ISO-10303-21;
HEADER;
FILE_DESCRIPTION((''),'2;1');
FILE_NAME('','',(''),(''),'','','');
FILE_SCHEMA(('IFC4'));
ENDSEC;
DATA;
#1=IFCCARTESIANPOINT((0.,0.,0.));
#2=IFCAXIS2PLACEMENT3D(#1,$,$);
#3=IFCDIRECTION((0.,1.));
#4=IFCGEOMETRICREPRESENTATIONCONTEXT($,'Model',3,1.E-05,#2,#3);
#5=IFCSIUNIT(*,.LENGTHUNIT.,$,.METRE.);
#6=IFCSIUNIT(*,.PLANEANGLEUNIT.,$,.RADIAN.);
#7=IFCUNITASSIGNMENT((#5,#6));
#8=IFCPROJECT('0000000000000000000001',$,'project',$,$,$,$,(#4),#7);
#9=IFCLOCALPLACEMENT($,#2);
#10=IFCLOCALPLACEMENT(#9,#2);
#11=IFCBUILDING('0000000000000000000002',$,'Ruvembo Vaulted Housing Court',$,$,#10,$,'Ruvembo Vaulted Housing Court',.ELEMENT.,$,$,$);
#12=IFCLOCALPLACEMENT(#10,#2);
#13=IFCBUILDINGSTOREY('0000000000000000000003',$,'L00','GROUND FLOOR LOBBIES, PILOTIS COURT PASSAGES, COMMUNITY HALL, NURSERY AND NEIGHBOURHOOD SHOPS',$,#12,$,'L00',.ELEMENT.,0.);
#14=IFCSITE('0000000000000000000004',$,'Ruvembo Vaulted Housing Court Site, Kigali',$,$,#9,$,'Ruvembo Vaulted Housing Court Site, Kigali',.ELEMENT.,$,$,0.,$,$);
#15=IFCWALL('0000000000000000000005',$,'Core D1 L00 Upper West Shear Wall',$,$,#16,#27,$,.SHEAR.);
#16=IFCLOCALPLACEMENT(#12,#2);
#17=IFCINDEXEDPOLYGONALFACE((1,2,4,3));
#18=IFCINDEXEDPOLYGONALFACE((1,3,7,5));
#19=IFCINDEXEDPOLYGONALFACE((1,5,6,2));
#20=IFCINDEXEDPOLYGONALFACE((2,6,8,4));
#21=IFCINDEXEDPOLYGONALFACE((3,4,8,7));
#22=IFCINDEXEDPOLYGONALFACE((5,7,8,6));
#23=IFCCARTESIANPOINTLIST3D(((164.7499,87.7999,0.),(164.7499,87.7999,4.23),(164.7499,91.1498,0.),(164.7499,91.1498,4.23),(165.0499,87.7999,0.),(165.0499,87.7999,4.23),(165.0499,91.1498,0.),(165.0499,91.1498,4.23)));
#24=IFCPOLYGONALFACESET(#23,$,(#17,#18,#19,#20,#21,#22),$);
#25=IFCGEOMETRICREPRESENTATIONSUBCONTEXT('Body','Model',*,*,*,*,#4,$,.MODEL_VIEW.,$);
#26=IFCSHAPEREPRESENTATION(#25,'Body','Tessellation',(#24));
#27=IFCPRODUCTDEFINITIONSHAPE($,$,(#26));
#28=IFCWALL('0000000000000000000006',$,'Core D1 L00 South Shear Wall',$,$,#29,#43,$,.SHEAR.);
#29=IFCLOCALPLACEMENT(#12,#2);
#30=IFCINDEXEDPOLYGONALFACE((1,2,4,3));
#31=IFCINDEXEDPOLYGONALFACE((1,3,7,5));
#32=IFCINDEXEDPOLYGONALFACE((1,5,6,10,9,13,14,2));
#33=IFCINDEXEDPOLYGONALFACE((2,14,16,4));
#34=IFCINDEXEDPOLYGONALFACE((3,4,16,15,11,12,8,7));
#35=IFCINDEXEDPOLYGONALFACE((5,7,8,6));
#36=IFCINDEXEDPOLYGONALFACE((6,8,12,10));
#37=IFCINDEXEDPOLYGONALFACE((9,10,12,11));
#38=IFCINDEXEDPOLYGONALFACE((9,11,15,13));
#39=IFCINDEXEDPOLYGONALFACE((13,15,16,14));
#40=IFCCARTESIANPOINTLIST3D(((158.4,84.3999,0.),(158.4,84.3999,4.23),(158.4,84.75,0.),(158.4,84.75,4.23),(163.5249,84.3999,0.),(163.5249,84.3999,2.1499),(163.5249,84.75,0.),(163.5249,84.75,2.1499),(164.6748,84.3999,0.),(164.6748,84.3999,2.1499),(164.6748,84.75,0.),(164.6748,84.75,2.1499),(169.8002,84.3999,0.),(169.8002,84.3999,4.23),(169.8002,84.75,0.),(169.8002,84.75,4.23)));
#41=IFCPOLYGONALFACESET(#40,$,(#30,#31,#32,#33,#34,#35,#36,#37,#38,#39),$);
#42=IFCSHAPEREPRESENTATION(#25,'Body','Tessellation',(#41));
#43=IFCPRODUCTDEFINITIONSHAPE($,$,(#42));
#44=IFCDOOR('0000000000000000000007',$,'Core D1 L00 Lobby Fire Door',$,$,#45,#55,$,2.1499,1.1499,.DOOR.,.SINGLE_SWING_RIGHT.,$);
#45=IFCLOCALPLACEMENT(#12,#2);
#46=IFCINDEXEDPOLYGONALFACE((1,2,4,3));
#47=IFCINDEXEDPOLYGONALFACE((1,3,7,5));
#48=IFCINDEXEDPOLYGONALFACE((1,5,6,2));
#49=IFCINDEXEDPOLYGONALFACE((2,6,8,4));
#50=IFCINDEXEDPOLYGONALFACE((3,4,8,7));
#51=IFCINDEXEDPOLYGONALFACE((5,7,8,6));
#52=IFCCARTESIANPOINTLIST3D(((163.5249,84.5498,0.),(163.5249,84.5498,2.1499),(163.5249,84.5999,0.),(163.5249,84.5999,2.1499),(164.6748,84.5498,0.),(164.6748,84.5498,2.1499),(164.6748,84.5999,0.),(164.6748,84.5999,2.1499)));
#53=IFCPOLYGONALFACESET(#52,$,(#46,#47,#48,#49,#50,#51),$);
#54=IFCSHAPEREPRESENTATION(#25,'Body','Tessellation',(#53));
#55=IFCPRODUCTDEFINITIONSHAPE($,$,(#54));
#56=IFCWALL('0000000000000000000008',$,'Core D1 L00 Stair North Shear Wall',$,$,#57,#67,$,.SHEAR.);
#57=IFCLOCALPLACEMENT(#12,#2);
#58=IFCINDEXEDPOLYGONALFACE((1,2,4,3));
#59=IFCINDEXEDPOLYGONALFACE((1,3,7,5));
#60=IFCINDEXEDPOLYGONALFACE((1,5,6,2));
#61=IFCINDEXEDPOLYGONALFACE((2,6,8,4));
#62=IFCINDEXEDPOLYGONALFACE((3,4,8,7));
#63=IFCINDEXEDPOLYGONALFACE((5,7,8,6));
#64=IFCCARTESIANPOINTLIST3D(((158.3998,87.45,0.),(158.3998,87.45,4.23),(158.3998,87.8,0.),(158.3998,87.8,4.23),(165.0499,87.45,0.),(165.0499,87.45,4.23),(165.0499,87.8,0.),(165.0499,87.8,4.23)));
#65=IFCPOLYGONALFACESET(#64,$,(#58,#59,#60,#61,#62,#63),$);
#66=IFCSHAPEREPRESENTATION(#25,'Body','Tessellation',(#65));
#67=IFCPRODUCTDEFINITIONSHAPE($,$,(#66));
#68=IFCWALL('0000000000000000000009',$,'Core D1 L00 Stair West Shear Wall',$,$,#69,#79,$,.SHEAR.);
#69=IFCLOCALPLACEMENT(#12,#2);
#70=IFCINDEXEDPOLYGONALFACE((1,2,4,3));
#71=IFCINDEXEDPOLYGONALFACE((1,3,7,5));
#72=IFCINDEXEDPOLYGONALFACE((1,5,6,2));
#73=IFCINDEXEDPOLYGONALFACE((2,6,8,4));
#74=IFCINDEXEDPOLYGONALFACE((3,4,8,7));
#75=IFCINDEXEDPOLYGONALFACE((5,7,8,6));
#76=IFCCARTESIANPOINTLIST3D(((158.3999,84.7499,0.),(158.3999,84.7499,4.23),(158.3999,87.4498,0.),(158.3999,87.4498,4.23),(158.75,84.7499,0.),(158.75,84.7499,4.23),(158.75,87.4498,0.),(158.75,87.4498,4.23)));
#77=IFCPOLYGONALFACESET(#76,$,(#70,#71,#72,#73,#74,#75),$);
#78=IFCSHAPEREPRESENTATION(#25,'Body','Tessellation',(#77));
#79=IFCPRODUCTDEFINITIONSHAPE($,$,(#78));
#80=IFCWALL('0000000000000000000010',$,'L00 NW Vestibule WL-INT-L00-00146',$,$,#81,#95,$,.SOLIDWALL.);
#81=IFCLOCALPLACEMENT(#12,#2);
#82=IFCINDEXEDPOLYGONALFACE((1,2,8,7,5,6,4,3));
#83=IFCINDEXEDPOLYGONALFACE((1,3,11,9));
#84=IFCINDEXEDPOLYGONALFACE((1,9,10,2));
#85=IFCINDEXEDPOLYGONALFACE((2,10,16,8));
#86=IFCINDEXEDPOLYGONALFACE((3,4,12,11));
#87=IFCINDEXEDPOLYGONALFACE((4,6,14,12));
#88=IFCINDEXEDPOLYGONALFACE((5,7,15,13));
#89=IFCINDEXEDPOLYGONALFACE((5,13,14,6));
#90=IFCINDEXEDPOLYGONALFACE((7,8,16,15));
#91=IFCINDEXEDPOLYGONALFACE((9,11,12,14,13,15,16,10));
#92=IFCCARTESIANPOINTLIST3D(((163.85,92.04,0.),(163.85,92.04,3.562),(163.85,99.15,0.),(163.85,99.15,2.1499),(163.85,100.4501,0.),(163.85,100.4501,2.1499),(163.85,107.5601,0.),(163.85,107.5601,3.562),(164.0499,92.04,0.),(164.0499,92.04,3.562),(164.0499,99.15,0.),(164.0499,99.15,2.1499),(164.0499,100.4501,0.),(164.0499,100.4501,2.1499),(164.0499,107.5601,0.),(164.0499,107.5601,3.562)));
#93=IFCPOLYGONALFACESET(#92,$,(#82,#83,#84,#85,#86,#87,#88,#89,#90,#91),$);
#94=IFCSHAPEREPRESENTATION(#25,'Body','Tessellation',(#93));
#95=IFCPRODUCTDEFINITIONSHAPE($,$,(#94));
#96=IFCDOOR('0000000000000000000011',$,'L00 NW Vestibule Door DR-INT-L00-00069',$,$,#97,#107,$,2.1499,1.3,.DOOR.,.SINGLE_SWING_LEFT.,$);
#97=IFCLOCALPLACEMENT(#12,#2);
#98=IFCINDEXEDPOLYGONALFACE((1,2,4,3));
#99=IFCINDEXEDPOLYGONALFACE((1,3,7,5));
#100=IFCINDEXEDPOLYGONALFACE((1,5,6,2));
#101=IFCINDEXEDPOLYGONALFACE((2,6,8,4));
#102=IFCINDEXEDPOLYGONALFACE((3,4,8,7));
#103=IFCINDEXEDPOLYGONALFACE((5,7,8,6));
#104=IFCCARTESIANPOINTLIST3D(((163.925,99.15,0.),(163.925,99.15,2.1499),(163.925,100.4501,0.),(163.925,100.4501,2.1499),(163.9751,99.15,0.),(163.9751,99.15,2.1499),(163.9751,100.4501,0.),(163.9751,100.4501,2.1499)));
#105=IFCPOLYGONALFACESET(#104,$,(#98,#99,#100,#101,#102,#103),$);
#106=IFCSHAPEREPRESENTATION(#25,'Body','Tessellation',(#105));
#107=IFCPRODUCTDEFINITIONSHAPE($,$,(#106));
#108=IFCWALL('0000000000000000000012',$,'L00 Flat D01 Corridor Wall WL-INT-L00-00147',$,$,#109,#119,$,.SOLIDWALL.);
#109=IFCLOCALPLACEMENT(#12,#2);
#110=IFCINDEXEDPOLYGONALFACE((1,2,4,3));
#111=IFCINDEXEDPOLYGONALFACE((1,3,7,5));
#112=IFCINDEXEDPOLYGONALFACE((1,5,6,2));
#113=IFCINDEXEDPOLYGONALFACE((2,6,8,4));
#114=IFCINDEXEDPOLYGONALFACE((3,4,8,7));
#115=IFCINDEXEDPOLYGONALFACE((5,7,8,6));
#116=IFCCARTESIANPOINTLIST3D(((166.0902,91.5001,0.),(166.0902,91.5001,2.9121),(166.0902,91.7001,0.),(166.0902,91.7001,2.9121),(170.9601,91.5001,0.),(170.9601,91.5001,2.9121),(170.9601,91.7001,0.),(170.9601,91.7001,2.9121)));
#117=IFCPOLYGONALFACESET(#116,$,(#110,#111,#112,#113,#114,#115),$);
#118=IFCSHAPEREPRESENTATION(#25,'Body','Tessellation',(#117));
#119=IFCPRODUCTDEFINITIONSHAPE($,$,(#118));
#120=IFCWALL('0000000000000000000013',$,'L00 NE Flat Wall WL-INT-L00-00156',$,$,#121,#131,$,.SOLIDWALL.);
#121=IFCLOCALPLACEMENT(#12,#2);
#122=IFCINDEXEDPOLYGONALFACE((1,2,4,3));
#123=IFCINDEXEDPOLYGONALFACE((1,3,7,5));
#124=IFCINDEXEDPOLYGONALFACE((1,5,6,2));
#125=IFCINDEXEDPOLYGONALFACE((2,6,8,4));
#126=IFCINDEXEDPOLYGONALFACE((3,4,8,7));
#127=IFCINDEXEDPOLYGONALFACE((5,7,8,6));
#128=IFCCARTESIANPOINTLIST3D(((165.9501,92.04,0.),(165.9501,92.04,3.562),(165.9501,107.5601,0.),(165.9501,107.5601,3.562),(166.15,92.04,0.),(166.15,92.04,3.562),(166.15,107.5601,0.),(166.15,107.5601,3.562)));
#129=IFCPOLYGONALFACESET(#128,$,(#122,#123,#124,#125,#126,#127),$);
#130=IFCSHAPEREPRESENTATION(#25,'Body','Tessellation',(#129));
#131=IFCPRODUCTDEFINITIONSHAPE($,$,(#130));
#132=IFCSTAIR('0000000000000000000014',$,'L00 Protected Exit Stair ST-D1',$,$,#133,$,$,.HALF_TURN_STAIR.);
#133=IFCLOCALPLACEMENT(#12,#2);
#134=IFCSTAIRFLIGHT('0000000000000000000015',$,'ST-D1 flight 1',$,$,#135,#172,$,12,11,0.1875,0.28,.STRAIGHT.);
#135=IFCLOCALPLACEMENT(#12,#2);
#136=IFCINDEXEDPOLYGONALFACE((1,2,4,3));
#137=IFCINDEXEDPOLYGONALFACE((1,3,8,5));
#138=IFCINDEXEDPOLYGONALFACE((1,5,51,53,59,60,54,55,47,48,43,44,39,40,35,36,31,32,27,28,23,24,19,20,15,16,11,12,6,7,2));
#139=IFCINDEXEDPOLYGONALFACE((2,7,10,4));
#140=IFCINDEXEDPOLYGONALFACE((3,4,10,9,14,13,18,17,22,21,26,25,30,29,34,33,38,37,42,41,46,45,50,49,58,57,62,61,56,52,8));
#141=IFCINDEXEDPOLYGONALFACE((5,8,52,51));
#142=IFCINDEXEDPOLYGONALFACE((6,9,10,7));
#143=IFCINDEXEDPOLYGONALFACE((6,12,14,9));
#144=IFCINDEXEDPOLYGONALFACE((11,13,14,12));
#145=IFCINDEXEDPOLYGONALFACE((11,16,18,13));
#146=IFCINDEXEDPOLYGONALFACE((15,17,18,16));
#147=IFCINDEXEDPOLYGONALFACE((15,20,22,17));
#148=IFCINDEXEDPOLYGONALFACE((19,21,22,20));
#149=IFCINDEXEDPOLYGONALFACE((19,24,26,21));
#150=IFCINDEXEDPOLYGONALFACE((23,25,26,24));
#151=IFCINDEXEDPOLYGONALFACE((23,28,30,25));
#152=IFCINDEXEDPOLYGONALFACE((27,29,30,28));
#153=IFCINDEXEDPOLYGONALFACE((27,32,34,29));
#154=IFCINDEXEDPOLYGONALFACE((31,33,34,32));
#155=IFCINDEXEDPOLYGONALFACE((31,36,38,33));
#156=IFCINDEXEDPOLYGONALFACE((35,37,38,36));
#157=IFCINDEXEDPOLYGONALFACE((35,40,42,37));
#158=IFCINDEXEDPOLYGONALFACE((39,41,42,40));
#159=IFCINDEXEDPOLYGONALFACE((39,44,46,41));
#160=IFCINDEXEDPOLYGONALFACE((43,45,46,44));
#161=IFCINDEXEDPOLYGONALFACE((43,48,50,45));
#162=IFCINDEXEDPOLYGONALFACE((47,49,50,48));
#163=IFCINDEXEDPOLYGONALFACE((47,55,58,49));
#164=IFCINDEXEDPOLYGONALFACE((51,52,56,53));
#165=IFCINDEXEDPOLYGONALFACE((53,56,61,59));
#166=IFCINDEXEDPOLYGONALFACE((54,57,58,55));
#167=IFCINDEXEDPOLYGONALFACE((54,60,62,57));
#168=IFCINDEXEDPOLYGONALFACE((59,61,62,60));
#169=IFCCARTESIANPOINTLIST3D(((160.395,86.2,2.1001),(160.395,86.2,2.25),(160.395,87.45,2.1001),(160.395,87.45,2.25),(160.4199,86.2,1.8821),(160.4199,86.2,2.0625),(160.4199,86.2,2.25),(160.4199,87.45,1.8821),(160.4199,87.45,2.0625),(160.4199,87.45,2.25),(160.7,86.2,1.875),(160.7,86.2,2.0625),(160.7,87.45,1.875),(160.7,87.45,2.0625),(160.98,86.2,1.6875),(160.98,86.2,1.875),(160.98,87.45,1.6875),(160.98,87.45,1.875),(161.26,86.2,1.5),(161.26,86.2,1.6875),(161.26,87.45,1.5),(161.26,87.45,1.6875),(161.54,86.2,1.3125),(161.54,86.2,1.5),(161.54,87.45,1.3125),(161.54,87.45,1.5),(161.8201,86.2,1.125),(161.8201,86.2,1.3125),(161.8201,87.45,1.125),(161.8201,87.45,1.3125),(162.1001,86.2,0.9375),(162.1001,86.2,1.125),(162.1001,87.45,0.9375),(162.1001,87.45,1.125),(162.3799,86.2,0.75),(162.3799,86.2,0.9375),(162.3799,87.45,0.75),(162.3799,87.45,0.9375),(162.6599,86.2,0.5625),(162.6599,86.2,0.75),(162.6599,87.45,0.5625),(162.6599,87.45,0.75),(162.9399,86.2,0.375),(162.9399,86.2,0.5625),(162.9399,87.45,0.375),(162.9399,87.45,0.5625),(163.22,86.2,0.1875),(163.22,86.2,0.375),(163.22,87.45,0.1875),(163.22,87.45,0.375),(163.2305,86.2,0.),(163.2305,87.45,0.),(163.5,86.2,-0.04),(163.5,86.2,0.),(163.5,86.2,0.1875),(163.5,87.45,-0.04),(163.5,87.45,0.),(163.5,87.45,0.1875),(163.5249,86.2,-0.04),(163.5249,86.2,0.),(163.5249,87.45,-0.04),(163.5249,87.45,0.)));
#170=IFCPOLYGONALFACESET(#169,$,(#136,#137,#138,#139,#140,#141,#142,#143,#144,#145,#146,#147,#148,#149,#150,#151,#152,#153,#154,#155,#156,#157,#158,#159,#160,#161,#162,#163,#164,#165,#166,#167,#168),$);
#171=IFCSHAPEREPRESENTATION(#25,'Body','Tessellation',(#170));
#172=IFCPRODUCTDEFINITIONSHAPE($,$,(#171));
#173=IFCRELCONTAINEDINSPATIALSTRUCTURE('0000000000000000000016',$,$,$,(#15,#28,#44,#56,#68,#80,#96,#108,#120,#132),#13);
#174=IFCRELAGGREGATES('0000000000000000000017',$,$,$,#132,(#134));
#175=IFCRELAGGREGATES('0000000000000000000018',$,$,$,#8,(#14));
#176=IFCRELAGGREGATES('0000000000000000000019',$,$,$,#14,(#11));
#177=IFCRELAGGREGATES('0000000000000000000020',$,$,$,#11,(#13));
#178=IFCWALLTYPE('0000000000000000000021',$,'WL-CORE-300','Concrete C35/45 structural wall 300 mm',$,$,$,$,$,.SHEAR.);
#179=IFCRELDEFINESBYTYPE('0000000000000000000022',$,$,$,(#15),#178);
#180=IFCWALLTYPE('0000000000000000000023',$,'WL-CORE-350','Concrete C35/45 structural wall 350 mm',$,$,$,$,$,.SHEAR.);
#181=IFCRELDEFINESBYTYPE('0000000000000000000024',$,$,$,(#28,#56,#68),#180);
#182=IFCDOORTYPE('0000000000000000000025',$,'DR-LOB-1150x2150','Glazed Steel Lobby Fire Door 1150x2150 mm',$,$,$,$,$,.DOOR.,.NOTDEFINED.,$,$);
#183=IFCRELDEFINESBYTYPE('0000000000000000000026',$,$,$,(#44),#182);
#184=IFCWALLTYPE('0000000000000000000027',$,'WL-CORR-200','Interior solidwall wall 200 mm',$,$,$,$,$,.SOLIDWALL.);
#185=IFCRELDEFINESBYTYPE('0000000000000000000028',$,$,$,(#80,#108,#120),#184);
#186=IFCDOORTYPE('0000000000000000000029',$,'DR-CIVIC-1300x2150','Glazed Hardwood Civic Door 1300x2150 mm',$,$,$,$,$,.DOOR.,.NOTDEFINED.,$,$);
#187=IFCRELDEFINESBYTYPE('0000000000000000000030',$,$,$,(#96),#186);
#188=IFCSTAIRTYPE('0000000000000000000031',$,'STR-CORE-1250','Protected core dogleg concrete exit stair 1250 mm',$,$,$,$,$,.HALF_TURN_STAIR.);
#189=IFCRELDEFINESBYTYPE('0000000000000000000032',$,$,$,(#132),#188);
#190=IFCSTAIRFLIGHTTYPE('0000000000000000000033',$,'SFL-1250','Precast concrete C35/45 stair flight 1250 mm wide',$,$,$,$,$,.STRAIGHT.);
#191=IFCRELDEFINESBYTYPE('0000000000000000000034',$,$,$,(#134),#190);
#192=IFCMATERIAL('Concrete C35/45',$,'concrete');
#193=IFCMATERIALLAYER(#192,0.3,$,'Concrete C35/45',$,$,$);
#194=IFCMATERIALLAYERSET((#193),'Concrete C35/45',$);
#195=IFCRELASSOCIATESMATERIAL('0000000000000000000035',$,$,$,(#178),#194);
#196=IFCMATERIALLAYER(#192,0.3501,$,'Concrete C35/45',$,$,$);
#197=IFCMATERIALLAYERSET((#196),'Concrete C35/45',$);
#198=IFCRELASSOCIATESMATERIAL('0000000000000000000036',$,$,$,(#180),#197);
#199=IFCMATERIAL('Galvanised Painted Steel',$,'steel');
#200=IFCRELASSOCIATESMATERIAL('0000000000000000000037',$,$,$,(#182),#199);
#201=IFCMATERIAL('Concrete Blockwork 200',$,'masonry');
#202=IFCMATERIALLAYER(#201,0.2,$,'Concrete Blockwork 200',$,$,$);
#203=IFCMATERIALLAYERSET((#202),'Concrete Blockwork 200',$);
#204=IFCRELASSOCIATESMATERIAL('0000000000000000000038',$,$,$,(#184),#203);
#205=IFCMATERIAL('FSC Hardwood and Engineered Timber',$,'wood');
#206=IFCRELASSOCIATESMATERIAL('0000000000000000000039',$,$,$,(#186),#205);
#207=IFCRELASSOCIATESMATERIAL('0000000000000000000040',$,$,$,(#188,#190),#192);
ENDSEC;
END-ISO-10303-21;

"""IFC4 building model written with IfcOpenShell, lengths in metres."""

from ifc_helpers import new_model, si_unit, direction, frame, frame_2d, origin, place, context, subcontext, project, spatial, polyline, rectangle, outline, extrude, material, layer, layer_set, type_object, element, fill, aggregate, save


model = new_model("IFC4")

# Units and contexts
model_context = context("Model", 3, precision=1e-05, world=origin(), true_north=direction((0.0, 1.0)))
body_context = subcontext(model_context, "Body", "Model", "MODEL_VIEW")
ifc_project = project(units=[si_unit("LENGTHUNIT", "METRE"), si_unit("PLANEANGLEUNIT", "RADIAN")], contexts=[model_context])

# Site, building, storey
site_placement = place(None, origin())
site = spatial("IfcSite", under=ifc_project, at=site_placement, Name="Ruvembo Vaulted Housing Court Site, Kigali", LongName="Ruvembo Vaulted Housing Court Site, Kigali", CompositionType="ELEMENT", RefElevation=0.0)
building_placement = place(site_placement, origin())
building = spatial("IfcBuilding", under=site, at=building_placement, Name="Ruvembo Vaulted Housing Court", LongName="Ruvembo Vaulted Housing Court", CompositionType="ELEMENT")
storey_placement = place(building_placement, origin())
storey = spatial("IfcBuildingStorey", under=building, at=storey_placement, Name="L00", Description="GROUND FLOOR LOBBIES, PILOTIS COURT PASSAGES, COMMUNITY HALL, NURSERY AND NEIGHBOURHOOD SHOPS", LongName="L00", CompositionType="ELEMENT", Elevation=0.0)

# Shared definitions
ifc_material_1 = material(Name="Concrete C35/45", Category="concrete")
ifc_layer_1 = layer(ifc_material_1, 0.3, Name="Concrete C35/45")
ifc_layer_set_1 = layer_set([ifc_layer_1], Name="Concrete C35/45")
wall_type_1 = type_object("IfcWallType", Name="WL-CORE-300", Description="Concrete C35/45 structural wall 300 mm", PredefinedType="SHEAR", material=ifc_layer_set_1)
ifc_material_2 = material(Name="Galvanised Painted Steel", Category="steel")

# Wall
wall_1_placement = place(storey_placement, frame((164.8999, 87.8, 0.0), z_axis=(0.0, 0.0, 1.0), x_axis=(0.0, 1.0, 0.0)))
element("IfcWall", 1, at=wall_1_placement, inside=storey, type_object=wall_type_1, Name="Core D1 L00 Upper West Shear Wall", PredefinedType="SHEAR", context=body_context, shape_type="SweptSolid", body=[
    extrude(rectangle(XDim=3.3499, YDim=0.3, at=frame_2d((1.6748, 0.0))), origin(), (0.0, 0.0, 1.0), 4.23),
])

# Wall, opening, door
ifc_layer_2 = layer(ifc_material_1, 0.3501, Name="Concrete C35/45")
ifc_layer_set_2 = layer_set([ifc_layer_2], Name="Concrete C35/45")
wall_type_2 = type_object("IfcWallType", Name="WL-CORE-350", Description="Concrete C35/45 structural wall 350 mm", PredefinedType="SHEAR", material=ifc_layer_set_2)
wall_2_placement = place(storey_placement, frame((158.3999, 84.575, 0.0), z_axis=(0.0, 0.0, 1.0), x_axis=(1.0, 0.0, 0.0)))
wall_2 = element("IfcWall", 2, at=wall_2_placement, inside=storey, type_object=wall_type_2, Name="Core D1 L00 South Shear Wall", PredefinedType="SHEAR", context=body_context, shape_type="SweptSolid", body=[
    extrude(rectangle(XDim=11.4001, YDim=0.3501, at=frame_2d((5.7002, 0.0))), origin(), (0.0, 0.0, 1.0), 4.23),
])
opening_1_placement = place(wall_2_placement, frame((5.125, 0.0, 0.0)))
opening_1 = element("IfcOpeningElement", 3, at=opening_1_placement, cuts=wall_2, PredefinedType="OPENING", context=body_context, shape_type="SweptSolid", body=[
    extrude(rectangle(XDim=1.1499, YDim=2.1499, at=frame_2d((0.575, 1.075))), frame((0.0, 0.1851, 0.0), z_axis=(0.0, -1.0, 0.0), x_axis=(1.0, 0.0, 0.0)), (0.0, 0.0, 1.0), 0.3701),
])
door_type_1 = type_object("IfcDoorType", Name="DR-LOB-1150x2150", Description="Glazed Steel Lobby Fire Door 1150x2150 mm", OperationType="NOTDEFINED", PredefinedType="DOOR", material=ifc_material_2)
door_1_placement = place(opening_1_placement, origin())
door_1 = element("IfcDoor", 4, at=door_1_placement, inside=storey, type_object=door_type_1, Name="Core D1 L00 Lobby Fire Door", OperationType="SINGLE_SWING_RIGHT", OverallHeight=2.1499, OverallWidth=1.1499, PredefinedType="DOOR", context=body_context, shape_type="SweptSolid", body=[
    extrude(rectangle(XDim=1.1499, YDim=2.1499, at=frame_2d((0.575, 1.075))), frame((0.0, 0.0249, 0.0), z_axis=(0.0, -1.0, 0.0), x_axis=(1.0, 0.0, 0.0)), (0.0, 0.0, 1.0), 0.05),
])
fill(opening_1, door_1)

# Walls
wall_3_placement = place(storey_placement, frame((165.05, 87.625, 0.0), z_axis=(0.0, 0.0, 1.0), x_axis=(-1.0, 0.0, 0.0)))
element("IfcWall", 5, at=wall_3_placement, inside=storey, type_object=wall_type_2, Name="Core D1 L00 Stair North Shear Wall", PredefinedType="SHEAR", context=body_context, shape_type="SweptSolid", body=[
    extrude(rectangle(XDim=6.6501, YDim=0.3501, at=frame_2d((3.3252, 0.0))), origin(), (0.0, 0.0, 1.0), 4.23),
])
wall_4_placement = place(storey_placement, frame((158.575, 87.45, 0.0), z_axis=(0.0, 0.0, 1.0), x_axis=(0.0, -1.0, 0.0)))
element("IfcWall", 6, at=wall_4_placement, inside=storey, type_object=wall_type_2, Name="Core D1 L00 Stair West Shear Wall", PredefinedType="SHEAR", context=body_context, shape_type="SweptSolid", body=[
    extrude(rectangle(XDim=2.7, YDim=0.3501, at=frame_2d((1.3501, 0.0))), origin(), (0.0, 0.0, 1.0), 4.23),
])

# Wall, opening, door
ifc_material_3 = material(Name="Concrete Blockwork 200", Category="masonry")
ifc_layer_3 = layer(ifc_material_3, 0.2, Name="Concrete Blockwork 200")
ifc_layer_set_3 = layer_set([ifc_layer_3], Name="Concrete Blockwork 200")
wall_type_3 = type_object("IfcWallType", Name="WL-CORR-200", Description="Interior solidwall wall 200 mm", PredefinedType="SOLIDWALL", material=ifc_layer_set_3)
wall_5_placement = place(storey_placement, frame((163.95, 92.04, 0.0), z_axis=(0.0, 0.0, 1.0), x_axis=(0.0, 1.0, 0.0)))
wall_5 = element("IfcWall", 7, at=wall_5_placement, inside=storey, type_object=wall_type_3, Name="L00 NW Vestibule WL-INT-L00-00146", PredefinedType="SOLIDWALL", context=body_context, shape_type="SweptSolid", body=[
    extrude(rectangle(XDim=15.52, YDim=0.2, at=frame_2d((7.76, 0.0))), origin(), (0.0, 0.0, 1.0), 3.562),
])
opening_2_placement = place(wall_5_placement, frame((7.1101, 0.0, 0.0)))
opening_2 = element("IfcOpeningElement", 8, at=opening_2_placement, cuts=wall_5, PredefinedType="OPENING", context=body_context, shape_type="SweptSolid", body=[
    extrude(rectangle(XDim=1.3, YDim=2.1499, at=frame_2d((0.6499, 1.075))), frame((0.0, 0.1099, 0.0), z_axis=(0.0, -1.0, 0.0), x_axis=(1.0, 0.0, 0.0)), (0.0, 0.0, 1.0), 0.22),
])
ifc_material_4 = material(Name="FSC Hardwood and Engineered Timber", Category="wood")
door_type_2 = type_object("IfcDoorType", Name="DR-CIVIC-1300x2150", Description="Glazed Hardwood Civic Door 1300x2150 mm", OperationType="NOTDEFINED", PredefinedType="DOOR", material=ifc_material_4)
door_2_placement = place(opening_2_placement, origin())
door_2 = element("IfcDoor", 9, at=door_2_placement, inside=storey, type_object=door_type_2, Name="L00 NW Vestibule Door DR-INT-L00-00069", OperationType="SINGLE_SWING_LEFT", OverallHeight=2.1499, OverallWidth=1.3, PredefinedType="DOOR", context=body_context, shape_type="SweptSolid", body=[
    extrude(rectangle(XDim=1.3, YDim=2.1499, at=frame_2d((0.6499, 1.075))), frame((0.0, 0.0249, 0.0), z_axis=(0.0, -1.0, 0.0), x_axis=(1.0, 0.0, 0.0)), (0.0, 0.0, 1.0), 0.05),
])
fill(opening_2, door_2)

# Walls
wall_6_placement = place(storey_placement, frame((166.0901, 91.6001, 0.0), z_axis=(0.0, 0.0, 1.0), x_axis=(1.0, 0.0, 0.0)))
element("IfcWall", 10, at=wall_6_placement, inside=storey, type_object=wall_type_3, Name="L00 Flat D01 Corridor Wall WL-INT-L00-00147", PredefinedType="SOLIDWALL", context=body_context, shape_type="SweptSolid", body=[
    extrude(rectangle(XDim=4.8699, YDim=0.2, at=frame_2d((2.4351, 0.0))), origin(), (0.0, 0.0, 1.0), 2.9121),
])
wall_7_placement = place(storey_placement, frame((166.05, 92.04, 0.0), z_axis=(0.0, 0.0, 1.0), x_axis=(0.0, 1.0, 0.0)))
element("IfcWall", 11, at=wall_7_placement, inside=storey, type_object=wall_type_3, Name="L00 NE Flat Wall WL-INT-L00-00156", PredefinedType="SOLIDWALL", context=body_context, shape_type="SweptSolid", body=[
    extrude(rectangle(XDim=15.52, YDim=0.2, at=frame_2d((7.76, 0.0))), origin(), (0.0, 0.0, 1.0), 3.562),
])

# Stair, stair flight
stair_type = type_object("IfcStairType", Name="STR-CORE-1250", Description="Protected core dogleg concrete exit stair 1250 mm", PredefinedType="HALF_TURN_STAIR", material=ifc_material_1)
stair_placement = place(storey_placement, origin())
stair = element("IfcStair", 12, at=stair_placement, inside=storey, type_object=stair_type, Name="L00 Protected Exit Stair ST-D1", PredefinedType="HALF_TURN_STAIR")
stair_flight_type = type_object("IfcStairFlightType", Name="SFL-1250", Description="Precast concrete C35/45 stair flight 1250 mm wide", PredefinedType="STRAIGHT", material=ifc_material_1)
stair_flight_1_placement = place(storey_placement, frame((163.5, 86.825, 0.0), z_axis=(0.0, 0.0, 1.0), x_axis=(-1.0, 0.0, 0.0)))
stair_flight_1 = element("IfcStairFlight", 13, at=stair_flight_1_placement, type_object=stair_flight_type, Name="ST-D1 flight 1", NumberOfRisers=12, NumberOfTreads=11, PredefinedType="STRAIGHT", RiserHeight=0.1875, TreadLength=0.28, context=body_context, shape_type="SweptSolid", body=[
    extrude(outline(polyline([(-0.0249, -0.04), (-0.0249, 0.0), (0.0, 0.0), (0.0, 0.1875), (0.28, 0.1875), (0.28, 0.375), (0.5601, 0.375), (0.5601, 0.5625), (0.8401, 0.5625), (0.8401, 0.75), (1.1201, 0.75), (1.1201, 0.9375), (1.3999, 0.9375), (1.3999, 1.125), (1.6799, 1.125), (1.6799, 1.3125), (1.96, 1.3125), (1.96, 1.5), (2.24, 1.5), (2.24, 1.6875), (2.52, 1.6875), (2.52, 1.875), (2.8, 1.875), (2.8, 2.0625), (3.0801, 2.0625), (3.0801, 2.25), (3.105, 2.25), (3.105, 2.1001), (3.0801, 1.8821), (0.2695, 0.0), (0.0, -0.04), (-0.0249, -0.04)])), frame((0.0, 0.625, 0.0), z_axis=(0.0, -1.0, 0.0), x_axis=(1.0, 0.0, 0.0)), (0.0, 0.0, 1.0), 1.25),
])
aggregate(stair, [stair_flight_1])

save(model, "model.ifc")
